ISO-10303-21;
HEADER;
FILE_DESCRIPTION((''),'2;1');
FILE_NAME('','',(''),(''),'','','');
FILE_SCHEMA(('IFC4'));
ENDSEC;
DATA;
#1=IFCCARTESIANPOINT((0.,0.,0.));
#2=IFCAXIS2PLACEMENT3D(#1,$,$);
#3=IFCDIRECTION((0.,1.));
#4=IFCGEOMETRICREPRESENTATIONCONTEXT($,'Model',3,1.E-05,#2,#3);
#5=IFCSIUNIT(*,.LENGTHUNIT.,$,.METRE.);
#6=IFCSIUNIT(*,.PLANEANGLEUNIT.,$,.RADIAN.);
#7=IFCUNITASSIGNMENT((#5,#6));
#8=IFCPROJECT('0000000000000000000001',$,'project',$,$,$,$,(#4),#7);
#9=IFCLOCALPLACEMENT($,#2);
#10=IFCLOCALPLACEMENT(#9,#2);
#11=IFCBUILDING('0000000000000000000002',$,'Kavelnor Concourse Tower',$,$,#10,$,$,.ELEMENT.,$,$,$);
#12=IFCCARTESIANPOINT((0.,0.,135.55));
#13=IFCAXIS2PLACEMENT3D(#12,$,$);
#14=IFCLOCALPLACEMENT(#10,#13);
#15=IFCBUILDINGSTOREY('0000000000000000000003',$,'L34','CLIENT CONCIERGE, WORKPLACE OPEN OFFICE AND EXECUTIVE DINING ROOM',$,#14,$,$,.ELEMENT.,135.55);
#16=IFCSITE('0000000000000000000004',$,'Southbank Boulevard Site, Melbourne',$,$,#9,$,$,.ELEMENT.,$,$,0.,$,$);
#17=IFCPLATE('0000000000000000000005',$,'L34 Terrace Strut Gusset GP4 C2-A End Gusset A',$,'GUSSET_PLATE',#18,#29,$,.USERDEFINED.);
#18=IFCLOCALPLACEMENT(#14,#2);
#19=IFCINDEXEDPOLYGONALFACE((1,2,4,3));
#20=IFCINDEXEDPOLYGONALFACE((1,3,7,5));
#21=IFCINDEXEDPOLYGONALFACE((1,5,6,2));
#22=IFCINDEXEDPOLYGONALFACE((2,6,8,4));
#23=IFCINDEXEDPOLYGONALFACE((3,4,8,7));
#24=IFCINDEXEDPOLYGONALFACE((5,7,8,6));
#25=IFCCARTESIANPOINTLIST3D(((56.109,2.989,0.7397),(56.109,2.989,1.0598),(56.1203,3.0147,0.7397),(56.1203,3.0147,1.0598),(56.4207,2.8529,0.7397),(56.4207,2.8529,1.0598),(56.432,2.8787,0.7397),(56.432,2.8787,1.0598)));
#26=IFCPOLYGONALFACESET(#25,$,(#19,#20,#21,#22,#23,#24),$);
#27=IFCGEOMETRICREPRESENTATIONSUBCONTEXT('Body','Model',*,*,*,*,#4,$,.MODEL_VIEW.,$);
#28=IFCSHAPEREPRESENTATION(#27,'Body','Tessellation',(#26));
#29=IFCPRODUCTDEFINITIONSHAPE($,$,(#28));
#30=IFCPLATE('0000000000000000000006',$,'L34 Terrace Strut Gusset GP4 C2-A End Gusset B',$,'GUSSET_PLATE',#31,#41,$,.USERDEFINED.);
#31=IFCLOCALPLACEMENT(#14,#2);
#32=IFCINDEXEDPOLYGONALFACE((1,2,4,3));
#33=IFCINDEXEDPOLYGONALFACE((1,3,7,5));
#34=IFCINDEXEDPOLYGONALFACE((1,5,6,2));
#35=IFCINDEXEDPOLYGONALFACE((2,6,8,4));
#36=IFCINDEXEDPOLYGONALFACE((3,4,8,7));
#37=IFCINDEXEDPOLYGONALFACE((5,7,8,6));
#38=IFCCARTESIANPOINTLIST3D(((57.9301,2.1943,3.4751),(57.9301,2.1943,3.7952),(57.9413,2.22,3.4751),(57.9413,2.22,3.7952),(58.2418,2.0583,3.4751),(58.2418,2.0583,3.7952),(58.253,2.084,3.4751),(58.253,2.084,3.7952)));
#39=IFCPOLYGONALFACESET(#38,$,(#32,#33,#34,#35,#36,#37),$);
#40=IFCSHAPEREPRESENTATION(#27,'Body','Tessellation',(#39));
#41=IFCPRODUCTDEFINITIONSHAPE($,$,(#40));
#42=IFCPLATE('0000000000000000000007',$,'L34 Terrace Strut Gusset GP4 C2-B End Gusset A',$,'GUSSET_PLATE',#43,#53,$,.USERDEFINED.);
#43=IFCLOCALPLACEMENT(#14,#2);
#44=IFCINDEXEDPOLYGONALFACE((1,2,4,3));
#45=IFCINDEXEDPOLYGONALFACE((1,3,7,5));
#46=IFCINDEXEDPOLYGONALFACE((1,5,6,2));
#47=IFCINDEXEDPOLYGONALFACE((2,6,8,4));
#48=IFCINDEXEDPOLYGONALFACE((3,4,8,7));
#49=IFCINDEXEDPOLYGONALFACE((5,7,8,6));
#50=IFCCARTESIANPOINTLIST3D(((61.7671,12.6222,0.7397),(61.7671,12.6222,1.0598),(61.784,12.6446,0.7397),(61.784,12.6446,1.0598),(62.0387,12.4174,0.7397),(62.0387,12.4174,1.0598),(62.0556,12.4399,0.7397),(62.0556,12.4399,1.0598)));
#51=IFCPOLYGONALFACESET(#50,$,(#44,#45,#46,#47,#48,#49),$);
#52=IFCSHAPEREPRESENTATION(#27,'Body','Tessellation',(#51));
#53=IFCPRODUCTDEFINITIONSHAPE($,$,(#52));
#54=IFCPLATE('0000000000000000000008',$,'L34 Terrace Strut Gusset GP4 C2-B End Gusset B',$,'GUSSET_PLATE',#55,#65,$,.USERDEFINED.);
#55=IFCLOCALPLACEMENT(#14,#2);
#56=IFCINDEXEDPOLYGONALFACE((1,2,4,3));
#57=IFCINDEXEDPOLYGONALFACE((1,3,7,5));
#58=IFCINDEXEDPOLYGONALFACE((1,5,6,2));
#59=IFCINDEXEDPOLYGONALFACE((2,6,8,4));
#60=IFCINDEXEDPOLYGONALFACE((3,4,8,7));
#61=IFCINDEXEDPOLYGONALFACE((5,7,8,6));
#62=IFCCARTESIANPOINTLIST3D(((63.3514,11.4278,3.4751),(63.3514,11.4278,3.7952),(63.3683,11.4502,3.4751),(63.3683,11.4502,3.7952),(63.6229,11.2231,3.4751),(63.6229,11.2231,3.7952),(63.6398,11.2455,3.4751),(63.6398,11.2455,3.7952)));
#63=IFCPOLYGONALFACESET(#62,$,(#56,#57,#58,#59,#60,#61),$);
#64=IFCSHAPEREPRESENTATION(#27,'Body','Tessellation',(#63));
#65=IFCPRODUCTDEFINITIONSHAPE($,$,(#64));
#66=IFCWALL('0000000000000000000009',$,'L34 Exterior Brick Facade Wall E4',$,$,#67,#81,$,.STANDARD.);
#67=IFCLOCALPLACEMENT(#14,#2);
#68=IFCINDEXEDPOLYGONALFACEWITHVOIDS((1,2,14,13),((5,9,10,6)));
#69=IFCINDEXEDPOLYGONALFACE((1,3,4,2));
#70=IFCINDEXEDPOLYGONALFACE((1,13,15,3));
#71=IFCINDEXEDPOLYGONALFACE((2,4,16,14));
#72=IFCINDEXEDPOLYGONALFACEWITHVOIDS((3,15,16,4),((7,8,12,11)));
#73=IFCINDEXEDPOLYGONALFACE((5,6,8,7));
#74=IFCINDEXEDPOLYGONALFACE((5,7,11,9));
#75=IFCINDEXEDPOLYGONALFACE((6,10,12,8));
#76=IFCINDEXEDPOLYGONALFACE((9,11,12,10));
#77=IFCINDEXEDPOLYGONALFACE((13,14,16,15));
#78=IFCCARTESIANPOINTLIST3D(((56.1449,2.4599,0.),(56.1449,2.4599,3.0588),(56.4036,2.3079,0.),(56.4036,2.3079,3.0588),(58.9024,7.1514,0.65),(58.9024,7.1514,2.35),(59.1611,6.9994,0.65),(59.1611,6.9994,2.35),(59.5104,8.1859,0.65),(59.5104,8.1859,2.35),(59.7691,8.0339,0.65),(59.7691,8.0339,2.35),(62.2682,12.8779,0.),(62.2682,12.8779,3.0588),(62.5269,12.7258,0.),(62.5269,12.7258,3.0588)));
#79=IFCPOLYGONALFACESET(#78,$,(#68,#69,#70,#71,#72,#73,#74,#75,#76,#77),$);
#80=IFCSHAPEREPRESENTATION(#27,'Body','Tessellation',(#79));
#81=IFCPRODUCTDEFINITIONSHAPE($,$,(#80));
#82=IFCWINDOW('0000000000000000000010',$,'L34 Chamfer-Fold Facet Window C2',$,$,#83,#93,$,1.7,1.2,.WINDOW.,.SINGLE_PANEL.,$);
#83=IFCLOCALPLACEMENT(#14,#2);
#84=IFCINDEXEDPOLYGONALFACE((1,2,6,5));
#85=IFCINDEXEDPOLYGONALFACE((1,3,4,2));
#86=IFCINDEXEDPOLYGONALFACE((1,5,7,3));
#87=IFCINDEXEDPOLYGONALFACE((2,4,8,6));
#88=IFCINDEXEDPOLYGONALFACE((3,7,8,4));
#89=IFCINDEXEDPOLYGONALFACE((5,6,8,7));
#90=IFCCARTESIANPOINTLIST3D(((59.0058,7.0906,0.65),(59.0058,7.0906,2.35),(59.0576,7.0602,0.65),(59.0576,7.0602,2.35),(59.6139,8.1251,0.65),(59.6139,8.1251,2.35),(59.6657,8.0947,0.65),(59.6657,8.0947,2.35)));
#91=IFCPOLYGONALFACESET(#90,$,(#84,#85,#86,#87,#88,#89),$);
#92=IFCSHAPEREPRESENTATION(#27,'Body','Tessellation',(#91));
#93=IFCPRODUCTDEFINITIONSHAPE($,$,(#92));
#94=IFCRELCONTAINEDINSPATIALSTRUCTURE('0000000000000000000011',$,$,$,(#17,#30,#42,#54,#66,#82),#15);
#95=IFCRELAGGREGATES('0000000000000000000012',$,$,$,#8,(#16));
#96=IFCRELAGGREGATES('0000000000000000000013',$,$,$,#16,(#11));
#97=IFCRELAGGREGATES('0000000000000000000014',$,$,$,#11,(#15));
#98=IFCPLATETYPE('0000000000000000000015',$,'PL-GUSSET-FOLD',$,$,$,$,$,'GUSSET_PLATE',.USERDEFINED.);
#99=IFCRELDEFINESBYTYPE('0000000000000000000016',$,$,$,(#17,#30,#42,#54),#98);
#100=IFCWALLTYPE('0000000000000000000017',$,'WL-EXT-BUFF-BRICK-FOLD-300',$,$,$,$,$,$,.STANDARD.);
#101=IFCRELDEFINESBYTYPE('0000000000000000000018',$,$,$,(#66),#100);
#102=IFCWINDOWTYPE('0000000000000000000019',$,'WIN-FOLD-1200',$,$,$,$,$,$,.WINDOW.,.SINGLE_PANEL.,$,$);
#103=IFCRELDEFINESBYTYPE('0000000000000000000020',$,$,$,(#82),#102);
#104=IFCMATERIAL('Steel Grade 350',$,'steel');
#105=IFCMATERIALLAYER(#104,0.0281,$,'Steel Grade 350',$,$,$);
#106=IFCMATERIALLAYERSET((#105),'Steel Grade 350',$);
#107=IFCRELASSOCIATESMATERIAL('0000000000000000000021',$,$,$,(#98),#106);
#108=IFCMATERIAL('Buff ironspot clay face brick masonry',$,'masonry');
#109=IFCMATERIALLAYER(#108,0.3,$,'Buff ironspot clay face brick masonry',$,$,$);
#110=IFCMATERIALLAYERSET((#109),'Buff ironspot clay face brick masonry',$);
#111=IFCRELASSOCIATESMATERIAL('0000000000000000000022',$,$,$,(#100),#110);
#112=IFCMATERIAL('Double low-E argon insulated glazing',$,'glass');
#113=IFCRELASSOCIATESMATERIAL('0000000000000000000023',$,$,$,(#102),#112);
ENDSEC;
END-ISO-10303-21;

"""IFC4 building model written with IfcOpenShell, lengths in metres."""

from ifc_helpers import new_model, si_unit, direction, frame, frame_2d, origin, origin_2d, place, context, subcontext, project, spatial, rectangle, extrude, material, layer, layer_set, type_object, element, fill, save


model = new_model("IFC4")

# Units and contexts
model_context = context("Model", 3, precision=1e-05, world=origin(), true_north=direction((0.0, 1.0)))
body_context = subcontext(model_context, "Body", "Model", "MODEL_VIEW")
ifc_project = project(units=[si_unit("LENGTHUNIT", "METRE"), si_unit("PLANEANGLEUNIT", "RADIAN")], contexts=[model_context])

# Site, building, storey
site_placement = place(None, origin())
site = spatial("IfcSite", under=ifc_project, at=site_placement, Name="Southbank Boulevard Site, Melbourne", CompositionType="ELEMENT", RefElevation=0.0)
building_placement = place(site_placement, origin())
building = spatial("IfcBuilding", under=site, at=building_placement, Name="Kavelnor Concourse Tower", CompositionType="ELEMENT")
storey_placement = place(building_placement, frame((0.0, 0.0, 135.55)))
storey = spatial("IfcBuildingStorey", under=building, at=storey_placement, Name="L34", Description="CLIENT CONCIERGE, WORKPLACE OPEN OFFICE AND EXECUTIVE DINING ROOM", CompositionType="ELEMENT", Elevation=135.55)

# Shared definitions
ifc_material_1 = material(Name="Steel Grade 350", Category="steel")

# Plates
ifc_layer_1 = layer(ifc_material_1, 0.0281, Name="Steel Grade 350")
ifc_layer_set_1 = layer_set([ifc_layer_1], Name="Steel Grade 350")
plate_type = type_object("IfcPlateType", Name="PL-GUSSET-FOLD", ElementType="GUSSET_PLATE", PredefinedType="USERDEFINED", material=ifc_layer_set_1)
for number, where, z_axis, x_axis, name in (
    (1, (56.2705, 2.9338, 0.7397), (0.0, 0.0, 1.0), (0.916502, -0.400029, 0.0), "L34 Terrace Strut Gusset GP4 C2-A End Gusset A"),
    (2, (58.0916, 2.1392, 3.4751), (0.0, 0.0, 1.0), (0.916502, -0.400029, 0.0), "L34 Terrace Strut Gusset GP4 C2-A End Gusset B"),
    (3, (61.9114, 12.531, 0.7397), (0.0, 0.0, 1.0), (0.79853, -0.601954, 0.0), "L34 Terrace Strut Gusset GP4 C2-B End Gusset A"),
    (4, (63.4956, 11.3367, 3.4751), (0.0, 0.0, 1.0), (0.79853, -0.601954, 0.0), "L34 Terrace Strut Gusset GP4 C2-B End Gusset B"),
):
    element("IfcPlate", number, at=place(storey_placement, frame(where, z_axis=z_axis, x_axis=x_axis)), inside=storey, type_object=plate_type, Name=name, ObjectType="GUSSET_PLATE", PredefinedType="USERDEFINED", context=body_context, shape_type="SweptSolid", body=[
        extrude(rectangle(XDim=0.3401, YDim=0.0281, at=origin_2d()), origin(), (0.0, 0.0, 1.0), 0.3201),
    ])

# Wall, opening, window
ifc_material_2 = material(Name="Buff ironspot clay face brick masonry", Category="masonry")
ifc_layer_2 = layer(ifc_material_2, 0.3, Name="Buff ironspot clay face brick masonry")
ifc_layer_set_2 = layer_set([ifc_layer_2], Name="Buff ironspot clay face brick masonry")
wall_type_1 = type_object("IfcWallType", Name="WL-EXT-BUFF-BRICK-FOLD-300", PredefinedType="STANDARD", material=ifc_layer_set_2)
wall_1_placement = place(storey_placement, frame((62.3975, 12.8018, 0.0), z_axis=(0.0, 0.0, 1.0), x_axis=(-0.506717, -0.862112, 0.0)))
wall_1 = element("IfcWall", 5, at=wall_1_placement, inside=storey, type_object=wall_type_1, Name="L34 Exterior Brick Facade Wall E4", PredefinedType="STANDARD", context=body_context, shape_type="SweptSolid", body=[
    extrude(rectangle(XDim=12.0842, YDim=0.3, at=frame_2d((6.042, 0.0))), origin(), (0.0, 0.0, 1.0), 3.0588),
])
opening_1_placement = place(wall_1_placement, frame((5.4421, 0.0, 0.6499)))
opening_1 = element("IfcOpeningElement", 6, at=opening_1_placement, cuts=wall_1, PredefinedType="OPENING", context=body_context, shape_type="SweptSolid", body=[
    extrude(rectangle(XDim=1.2, YDim=1.7, at=frame_2d((0.6001, 0.8501))), frame((0.0, 0.1602, 0.0), z_axis=(0.0, -1.0, 0.0), x_axis=(1.0, 0.0, 0.0)), (0.0, 0.0, 1.0), 0.3201),
])
ifc_material_3 = material(Name="Double low-E argon insulated glazing", Category="glass")
window_type_1 = type_object("IfcWindowType", Name="WIN-FOLD-1200", PartitioningType="SINGLE_PANEL", PredefinedType="WINDOW", material=ifc_material_3)
window_1_placement = place(opening_1_placement, origin())
window_1 = element("IfcWindow", 7, at=window_1_placement, inside=storey, type_object=window_type_1, Name="L34 Chamfer-Fold Facet Window C2", OverallHeight=1.7, OverallWidth=1.2, PartitioningType="SINGLE_PANEL", PredefinedType="WINDOW", context=body_context, shape_type="SweptSolid", body=[
    extrude(rectangle(XDim=1.2, YDim=1.7, at=frame_2d((0.6001, 0.8501))), frame((0.0, 0.03, 0.0), z_axis=(0.0, -1.0, 0.0), x_axis=(1.0, 0.0, 0.0)), (0.0, 0.0, 1.0), 0.0601),
])
fill(opening_1, window_1)

save(model, "model.ifc")
